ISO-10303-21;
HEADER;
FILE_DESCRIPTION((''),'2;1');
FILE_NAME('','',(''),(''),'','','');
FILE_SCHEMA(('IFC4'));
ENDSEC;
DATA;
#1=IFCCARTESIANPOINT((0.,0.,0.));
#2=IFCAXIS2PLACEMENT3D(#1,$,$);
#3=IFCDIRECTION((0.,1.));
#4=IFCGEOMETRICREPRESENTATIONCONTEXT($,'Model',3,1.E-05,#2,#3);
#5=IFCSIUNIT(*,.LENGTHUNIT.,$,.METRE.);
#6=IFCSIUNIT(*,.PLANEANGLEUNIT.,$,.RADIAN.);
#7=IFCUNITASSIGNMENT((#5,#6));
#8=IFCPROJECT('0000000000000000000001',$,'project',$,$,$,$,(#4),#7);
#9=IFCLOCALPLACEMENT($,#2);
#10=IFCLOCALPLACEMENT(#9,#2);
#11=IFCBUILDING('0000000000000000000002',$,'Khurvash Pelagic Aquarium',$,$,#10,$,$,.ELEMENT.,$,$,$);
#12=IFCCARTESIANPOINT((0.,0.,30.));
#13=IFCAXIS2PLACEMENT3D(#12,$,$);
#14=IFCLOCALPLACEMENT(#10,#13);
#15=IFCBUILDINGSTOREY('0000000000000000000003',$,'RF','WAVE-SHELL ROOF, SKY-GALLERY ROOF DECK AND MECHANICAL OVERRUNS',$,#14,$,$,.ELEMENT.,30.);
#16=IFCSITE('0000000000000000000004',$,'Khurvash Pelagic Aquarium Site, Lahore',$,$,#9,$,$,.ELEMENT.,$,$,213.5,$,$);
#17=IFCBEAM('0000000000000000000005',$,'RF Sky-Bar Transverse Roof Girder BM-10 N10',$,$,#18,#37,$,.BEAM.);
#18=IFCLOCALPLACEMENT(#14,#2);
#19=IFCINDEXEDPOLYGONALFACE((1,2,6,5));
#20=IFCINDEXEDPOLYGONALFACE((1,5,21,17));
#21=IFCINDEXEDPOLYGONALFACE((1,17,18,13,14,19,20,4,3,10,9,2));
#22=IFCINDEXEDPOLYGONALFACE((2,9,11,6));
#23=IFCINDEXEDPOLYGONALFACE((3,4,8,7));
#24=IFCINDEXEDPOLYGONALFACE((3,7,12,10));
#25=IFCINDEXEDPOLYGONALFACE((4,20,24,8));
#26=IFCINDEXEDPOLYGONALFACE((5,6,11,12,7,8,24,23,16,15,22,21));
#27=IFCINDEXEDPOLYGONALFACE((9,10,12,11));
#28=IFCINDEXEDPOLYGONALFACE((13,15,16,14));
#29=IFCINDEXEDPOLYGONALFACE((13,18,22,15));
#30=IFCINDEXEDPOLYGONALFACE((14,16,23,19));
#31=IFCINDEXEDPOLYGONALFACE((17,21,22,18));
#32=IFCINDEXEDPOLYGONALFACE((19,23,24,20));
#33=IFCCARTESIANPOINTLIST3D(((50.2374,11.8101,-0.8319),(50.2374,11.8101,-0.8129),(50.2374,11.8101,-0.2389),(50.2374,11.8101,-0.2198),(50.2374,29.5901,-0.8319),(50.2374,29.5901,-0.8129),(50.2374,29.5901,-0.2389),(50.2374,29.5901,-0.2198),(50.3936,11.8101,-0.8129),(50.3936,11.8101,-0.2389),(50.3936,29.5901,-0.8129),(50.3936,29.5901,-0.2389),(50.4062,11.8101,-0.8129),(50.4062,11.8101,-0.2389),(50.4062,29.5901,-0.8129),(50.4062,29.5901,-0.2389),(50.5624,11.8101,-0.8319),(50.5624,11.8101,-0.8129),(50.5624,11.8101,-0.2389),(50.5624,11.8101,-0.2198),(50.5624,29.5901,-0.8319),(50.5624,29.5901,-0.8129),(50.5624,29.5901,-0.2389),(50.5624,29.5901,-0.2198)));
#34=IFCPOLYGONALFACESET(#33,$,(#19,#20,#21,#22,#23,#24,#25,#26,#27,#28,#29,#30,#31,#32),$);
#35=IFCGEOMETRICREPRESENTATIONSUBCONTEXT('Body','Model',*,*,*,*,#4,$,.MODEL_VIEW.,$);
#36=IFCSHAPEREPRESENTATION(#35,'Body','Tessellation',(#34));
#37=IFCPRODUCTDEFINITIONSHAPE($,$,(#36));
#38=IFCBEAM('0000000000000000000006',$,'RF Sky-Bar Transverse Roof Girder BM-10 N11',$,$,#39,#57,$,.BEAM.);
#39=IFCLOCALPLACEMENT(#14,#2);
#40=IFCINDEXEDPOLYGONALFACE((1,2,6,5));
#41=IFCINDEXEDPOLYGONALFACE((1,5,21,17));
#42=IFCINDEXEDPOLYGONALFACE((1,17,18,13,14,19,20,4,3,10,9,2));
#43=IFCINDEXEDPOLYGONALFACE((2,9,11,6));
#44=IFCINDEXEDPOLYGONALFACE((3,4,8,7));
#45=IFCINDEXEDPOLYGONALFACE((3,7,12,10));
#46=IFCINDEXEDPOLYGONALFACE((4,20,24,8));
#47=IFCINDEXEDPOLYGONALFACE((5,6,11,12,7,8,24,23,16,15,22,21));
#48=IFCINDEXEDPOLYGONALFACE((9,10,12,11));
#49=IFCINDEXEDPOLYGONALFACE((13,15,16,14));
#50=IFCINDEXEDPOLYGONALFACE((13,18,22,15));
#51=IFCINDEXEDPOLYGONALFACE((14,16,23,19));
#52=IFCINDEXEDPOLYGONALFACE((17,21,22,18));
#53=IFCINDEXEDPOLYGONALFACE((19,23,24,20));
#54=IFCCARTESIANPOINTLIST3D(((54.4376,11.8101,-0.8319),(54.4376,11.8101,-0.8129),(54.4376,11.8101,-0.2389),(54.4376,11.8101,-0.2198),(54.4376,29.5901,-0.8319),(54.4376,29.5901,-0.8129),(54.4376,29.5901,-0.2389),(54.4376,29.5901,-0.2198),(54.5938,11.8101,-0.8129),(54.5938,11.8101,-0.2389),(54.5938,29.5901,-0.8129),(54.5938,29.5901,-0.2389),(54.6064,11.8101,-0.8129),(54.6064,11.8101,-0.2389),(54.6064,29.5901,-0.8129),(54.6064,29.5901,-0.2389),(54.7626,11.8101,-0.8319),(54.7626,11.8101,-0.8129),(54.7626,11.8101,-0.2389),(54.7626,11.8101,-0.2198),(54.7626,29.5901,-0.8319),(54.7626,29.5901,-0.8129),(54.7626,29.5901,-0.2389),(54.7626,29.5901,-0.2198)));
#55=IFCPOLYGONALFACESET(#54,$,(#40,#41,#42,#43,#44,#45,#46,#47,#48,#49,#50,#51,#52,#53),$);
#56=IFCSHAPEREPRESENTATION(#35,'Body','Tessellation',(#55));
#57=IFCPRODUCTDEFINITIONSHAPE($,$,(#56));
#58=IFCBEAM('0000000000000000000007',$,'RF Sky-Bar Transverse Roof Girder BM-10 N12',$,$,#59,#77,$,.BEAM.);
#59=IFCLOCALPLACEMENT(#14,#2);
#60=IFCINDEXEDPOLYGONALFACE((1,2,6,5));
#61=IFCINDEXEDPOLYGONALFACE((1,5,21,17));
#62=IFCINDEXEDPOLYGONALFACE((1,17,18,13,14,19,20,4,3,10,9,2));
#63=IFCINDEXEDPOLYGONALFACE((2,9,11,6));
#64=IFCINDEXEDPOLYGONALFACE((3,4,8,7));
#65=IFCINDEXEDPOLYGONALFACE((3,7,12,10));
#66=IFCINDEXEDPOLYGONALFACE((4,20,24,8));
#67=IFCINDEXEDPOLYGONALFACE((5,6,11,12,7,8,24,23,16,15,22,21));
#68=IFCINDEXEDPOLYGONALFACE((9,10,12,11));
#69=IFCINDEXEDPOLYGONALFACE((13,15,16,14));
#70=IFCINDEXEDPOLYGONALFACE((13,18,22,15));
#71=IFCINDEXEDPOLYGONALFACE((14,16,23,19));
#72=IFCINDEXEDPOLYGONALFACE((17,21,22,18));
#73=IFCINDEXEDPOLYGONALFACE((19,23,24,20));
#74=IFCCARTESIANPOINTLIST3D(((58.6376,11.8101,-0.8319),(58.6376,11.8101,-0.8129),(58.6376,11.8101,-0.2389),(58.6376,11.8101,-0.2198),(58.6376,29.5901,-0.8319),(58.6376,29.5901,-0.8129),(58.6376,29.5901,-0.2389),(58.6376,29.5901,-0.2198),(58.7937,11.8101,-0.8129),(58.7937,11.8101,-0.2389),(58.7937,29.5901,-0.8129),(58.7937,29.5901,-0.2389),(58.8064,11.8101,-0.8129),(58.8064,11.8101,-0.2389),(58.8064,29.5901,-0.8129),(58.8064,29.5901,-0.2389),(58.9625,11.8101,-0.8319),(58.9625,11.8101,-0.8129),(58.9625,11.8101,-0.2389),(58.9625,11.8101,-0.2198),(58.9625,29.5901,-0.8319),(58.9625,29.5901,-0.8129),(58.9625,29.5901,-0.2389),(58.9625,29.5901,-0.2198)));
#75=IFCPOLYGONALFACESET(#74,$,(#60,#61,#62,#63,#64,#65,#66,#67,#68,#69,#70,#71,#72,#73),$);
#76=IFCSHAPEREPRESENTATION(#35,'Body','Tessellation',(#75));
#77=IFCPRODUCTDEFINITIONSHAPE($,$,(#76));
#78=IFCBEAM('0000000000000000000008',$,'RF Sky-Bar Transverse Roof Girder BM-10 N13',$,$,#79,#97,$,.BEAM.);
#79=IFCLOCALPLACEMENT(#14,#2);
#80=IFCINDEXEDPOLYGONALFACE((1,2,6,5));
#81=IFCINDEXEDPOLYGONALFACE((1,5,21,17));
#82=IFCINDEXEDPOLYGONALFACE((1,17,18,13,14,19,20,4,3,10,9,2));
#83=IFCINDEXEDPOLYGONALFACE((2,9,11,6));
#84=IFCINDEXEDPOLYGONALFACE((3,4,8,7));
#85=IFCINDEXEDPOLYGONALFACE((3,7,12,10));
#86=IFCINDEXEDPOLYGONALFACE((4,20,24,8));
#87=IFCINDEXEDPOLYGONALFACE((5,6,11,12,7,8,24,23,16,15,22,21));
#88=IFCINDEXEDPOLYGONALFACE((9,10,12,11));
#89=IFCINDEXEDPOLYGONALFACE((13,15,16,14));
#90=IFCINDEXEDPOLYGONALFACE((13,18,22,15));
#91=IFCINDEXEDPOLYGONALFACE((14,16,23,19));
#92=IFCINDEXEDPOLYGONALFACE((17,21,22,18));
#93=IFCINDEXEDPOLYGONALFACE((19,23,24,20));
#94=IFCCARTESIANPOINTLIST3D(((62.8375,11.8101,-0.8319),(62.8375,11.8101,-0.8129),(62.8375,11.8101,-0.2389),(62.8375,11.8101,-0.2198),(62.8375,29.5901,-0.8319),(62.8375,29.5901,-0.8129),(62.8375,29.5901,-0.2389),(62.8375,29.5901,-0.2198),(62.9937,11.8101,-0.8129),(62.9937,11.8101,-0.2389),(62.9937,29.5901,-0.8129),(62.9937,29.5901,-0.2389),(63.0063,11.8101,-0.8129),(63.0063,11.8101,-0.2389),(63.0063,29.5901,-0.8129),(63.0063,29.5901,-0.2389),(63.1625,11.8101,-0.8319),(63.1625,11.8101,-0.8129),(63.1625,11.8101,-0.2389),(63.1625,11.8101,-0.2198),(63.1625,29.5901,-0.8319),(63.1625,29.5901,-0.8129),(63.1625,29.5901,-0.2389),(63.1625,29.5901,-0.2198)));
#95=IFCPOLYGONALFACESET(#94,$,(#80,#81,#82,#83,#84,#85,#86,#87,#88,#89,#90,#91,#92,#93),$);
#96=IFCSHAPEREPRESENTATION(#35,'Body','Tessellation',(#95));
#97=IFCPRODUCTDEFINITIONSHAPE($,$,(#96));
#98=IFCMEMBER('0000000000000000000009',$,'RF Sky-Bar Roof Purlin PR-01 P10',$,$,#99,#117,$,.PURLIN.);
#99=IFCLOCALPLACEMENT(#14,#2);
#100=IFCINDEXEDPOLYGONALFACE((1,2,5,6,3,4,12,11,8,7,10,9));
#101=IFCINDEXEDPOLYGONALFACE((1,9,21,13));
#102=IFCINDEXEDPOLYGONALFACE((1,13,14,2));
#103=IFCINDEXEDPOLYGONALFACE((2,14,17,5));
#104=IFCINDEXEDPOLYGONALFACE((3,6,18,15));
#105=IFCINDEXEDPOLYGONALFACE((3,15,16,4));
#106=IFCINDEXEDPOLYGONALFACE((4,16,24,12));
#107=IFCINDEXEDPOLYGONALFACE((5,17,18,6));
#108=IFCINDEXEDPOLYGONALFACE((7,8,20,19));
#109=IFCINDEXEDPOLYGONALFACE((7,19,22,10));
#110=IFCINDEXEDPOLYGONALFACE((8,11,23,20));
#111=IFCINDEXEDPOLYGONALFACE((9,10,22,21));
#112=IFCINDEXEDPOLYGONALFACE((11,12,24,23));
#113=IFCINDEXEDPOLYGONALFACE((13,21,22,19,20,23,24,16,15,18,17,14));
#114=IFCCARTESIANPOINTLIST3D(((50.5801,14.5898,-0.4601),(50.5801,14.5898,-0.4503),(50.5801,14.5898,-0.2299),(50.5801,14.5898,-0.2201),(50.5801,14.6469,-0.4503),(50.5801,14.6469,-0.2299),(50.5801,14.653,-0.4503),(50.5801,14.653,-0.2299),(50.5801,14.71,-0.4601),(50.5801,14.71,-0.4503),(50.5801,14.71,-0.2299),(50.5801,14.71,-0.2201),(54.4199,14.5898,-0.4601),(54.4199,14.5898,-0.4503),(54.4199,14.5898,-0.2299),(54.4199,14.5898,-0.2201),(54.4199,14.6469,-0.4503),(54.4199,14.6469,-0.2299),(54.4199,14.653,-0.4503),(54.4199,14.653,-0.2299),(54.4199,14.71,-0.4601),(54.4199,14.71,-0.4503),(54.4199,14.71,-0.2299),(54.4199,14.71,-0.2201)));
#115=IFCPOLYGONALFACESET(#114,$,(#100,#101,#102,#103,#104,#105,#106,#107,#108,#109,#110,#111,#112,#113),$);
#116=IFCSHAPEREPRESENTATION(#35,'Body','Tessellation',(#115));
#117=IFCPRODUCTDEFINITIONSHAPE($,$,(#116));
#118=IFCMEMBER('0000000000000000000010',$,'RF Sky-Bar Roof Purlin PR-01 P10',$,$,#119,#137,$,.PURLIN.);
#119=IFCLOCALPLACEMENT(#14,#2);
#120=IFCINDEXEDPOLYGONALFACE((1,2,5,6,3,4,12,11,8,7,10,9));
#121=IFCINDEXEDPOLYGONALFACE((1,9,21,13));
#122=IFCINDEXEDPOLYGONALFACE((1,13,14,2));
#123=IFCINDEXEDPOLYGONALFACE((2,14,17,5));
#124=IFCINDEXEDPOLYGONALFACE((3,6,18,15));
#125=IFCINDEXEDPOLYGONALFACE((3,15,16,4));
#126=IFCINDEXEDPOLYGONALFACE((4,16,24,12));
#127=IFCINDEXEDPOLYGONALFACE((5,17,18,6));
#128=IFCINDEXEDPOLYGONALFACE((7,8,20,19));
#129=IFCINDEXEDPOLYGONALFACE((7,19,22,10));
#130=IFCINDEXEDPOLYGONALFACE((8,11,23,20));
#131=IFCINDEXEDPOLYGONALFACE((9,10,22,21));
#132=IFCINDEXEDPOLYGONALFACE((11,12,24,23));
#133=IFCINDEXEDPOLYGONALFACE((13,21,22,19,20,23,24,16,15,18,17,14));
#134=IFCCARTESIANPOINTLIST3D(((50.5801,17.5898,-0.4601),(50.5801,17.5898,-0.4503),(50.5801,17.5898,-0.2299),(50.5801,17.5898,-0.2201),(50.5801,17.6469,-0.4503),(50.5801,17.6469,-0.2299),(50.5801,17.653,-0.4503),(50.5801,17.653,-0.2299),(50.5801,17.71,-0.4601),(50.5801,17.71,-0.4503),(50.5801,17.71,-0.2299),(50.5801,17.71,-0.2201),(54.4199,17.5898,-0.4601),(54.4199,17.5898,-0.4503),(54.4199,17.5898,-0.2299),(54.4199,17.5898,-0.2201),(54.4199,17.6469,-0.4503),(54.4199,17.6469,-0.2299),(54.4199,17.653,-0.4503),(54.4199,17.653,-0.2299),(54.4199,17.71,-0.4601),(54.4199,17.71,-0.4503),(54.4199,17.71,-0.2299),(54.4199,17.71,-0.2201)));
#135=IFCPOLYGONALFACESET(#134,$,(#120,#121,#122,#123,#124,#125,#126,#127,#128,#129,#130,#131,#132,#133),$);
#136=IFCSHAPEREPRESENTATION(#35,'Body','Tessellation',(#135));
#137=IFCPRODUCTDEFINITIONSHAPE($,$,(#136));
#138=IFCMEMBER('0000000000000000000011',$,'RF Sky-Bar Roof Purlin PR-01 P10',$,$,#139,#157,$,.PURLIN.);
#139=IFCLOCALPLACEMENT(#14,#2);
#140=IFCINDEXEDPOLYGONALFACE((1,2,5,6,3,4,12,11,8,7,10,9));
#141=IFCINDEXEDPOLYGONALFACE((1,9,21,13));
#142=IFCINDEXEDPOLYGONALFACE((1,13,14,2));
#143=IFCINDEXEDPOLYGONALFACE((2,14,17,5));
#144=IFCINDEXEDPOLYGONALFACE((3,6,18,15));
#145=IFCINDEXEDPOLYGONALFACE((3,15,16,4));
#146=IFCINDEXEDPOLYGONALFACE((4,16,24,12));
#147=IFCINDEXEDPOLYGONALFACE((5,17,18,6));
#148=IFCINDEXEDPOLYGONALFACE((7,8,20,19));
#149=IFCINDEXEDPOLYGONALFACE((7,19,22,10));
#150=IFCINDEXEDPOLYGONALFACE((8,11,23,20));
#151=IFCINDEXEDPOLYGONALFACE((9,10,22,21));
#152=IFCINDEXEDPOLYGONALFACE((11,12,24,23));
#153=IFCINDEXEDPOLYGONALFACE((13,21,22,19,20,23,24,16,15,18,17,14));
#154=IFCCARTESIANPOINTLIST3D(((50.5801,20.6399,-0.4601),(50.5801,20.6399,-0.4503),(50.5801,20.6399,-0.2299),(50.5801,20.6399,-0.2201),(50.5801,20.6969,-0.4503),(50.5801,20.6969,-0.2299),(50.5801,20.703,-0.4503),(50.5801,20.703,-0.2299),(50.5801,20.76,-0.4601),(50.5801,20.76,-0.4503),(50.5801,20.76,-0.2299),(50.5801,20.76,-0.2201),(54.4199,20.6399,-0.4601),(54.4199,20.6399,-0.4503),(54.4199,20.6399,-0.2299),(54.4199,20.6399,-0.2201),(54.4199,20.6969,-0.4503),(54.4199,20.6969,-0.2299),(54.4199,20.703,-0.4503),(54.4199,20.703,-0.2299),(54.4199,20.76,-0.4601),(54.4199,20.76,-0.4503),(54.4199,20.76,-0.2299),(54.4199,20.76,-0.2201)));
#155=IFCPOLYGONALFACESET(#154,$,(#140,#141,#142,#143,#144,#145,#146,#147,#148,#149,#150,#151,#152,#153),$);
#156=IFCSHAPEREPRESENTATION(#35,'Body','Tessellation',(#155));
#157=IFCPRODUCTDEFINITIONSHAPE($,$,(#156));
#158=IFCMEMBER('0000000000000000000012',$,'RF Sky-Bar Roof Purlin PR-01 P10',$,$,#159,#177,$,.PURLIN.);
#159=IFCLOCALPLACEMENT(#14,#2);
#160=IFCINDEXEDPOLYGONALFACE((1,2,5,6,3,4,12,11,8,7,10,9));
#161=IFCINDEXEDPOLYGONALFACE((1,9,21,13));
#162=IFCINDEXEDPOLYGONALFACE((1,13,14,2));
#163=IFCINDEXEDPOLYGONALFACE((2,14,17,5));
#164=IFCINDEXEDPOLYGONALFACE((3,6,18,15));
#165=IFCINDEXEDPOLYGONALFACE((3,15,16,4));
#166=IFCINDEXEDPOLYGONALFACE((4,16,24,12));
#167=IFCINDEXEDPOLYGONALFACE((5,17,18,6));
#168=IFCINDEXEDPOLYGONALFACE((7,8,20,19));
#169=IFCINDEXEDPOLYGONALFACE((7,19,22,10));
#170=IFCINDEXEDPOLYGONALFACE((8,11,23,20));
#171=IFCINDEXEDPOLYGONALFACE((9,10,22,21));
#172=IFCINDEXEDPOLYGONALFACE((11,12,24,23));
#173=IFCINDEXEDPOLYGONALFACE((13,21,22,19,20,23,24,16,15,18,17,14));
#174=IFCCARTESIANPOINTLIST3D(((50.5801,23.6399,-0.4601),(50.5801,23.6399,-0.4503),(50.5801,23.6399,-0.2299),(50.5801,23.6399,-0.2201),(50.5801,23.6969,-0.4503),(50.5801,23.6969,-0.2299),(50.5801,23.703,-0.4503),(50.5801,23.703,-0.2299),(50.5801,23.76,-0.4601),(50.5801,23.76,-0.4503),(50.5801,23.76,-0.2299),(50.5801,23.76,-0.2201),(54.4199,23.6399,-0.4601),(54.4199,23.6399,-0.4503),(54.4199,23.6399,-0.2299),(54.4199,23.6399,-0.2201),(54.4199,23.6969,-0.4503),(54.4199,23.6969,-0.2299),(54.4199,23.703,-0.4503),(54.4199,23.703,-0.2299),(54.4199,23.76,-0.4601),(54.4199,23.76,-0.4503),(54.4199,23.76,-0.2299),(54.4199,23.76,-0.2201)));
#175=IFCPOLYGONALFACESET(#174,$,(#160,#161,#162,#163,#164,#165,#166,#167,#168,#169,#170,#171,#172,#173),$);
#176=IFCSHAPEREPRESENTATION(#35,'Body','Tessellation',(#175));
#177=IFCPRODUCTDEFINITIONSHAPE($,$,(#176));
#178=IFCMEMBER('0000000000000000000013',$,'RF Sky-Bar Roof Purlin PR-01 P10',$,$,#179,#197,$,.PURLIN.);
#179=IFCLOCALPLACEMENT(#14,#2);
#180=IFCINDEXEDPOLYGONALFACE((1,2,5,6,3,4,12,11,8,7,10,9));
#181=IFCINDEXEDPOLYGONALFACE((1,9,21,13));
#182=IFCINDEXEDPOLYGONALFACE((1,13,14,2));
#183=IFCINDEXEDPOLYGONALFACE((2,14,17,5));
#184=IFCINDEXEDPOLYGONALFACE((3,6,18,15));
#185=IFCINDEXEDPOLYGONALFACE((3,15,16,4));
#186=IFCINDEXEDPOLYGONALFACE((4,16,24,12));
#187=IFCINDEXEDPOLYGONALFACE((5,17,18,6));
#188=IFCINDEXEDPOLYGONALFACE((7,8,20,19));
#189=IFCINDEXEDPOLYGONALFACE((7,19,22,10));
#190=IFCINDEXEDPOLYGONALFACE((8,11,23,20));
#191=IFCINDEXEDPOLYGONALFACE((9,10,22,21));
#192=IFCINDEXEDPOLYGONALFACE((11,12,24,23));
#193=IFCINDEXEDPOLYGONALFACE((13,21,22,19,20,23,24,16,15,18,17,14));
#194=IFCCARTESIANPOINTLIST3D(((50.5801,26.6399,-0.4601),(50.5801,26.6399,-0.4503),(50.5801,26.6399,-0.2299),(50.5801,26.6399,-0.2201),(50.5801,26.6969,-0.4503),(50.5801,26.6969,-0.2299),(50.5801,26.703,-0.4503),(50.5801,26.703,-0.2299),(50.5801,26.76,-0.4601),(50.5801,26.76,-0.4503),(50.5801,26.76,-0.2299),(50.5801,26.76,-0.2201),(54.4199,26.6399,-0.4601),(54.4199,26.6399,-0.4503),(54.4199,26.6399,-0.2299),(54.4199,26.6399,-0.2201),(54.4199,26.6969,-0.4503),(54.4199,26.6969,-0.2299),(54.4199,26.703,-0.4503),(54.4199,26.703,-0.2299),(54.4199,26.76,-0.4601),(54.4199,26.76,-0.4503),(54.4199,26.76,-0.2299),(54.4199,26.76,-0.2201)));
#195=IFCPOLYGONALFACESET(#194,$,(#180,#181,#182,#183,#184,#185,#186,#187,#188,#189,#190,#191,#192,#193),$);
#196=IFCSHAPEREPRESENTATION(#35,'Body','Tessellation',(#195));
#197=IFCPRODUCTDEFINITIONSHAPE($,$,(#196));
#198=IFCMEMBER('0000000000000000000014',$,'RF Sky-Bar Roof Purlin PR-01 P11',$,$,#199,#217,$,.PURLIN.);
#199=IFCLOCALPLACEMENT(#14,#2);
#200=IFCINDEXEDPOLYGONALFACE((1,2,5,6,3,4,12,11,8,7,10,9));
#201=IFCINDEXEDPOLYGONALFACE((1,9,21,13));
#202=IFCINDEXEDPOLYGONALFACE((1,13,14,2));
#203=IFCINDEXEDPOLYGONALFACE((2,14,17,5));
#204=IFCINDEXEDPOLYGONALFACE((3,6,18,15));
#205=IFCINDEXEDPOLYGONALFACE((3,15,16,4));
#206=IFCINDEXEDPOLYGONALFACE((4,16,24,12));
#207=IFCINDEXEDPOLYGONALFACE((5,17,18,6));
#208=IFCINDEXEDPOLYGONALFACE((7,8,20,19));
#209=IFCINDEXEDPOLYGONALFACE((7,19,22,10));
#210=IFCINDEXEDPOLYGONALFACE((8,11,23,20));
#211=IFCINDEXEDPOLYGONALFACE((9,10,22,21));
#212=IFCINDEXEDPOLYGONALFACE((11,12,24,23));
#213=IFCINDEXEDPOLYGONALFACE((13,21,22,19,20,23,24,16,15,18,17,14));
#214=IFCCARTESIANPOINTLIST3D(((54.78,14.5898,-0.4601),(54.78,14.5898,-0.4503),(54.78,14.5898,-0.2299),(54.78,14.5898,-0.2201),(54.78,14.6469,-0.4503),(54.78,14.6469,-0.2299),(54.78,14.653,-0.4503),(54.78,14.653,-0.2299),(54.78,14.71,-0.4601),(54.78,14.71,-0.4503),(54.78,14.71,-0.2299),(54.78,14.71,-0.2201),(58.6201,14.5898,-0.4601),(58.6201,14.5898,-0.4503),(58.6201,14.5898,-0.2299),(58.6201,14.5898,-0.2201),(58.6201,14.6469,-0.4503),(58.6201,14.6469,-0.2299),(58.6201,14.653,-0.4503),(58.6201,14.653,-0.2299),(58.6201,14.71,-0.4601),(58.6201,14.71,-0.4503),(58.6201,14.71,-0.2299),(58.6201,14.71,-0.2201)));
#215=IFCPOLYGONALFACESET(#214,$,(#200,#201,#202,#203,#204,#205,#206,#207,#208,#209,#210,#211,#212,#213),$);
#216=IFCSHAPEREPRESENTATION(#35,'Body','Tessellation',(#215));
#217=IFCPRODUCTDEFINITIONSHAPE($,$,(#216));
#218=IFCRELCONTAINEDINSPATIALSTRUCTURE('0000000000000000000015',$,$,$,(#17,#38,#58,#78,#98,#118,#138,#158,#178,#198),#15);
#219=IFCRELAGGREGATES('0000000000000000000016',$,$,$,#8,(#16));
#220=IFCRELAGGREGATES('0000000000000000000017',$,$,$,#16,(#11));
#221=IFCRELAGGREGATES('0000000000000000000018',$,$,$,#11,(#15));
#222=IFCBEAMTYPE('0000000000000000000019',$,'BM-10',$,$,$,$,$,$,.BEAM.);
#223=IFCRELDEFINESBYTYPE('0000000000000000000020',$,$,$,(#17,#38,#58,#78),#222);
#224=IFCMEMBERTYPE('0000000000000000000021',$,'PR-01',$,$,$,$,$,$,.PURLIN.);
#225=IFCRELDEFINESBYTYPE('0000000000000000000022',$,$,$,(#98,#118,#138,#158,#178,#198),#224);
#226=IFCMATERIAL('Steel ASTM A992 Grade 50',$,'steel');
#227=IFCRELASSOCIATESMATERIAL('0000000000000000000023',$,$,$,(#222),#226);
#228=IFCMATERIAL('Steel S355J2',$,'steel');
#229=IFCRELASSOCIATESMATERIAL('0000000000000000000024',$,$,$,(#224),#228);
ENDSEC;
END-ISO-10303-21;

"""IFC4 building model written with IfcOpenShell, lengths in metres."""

from ifc_helpers import new_model, si_unit, direction, frame, origin, origin_2d, place, context, subcontext, project, spatial, i_section, extrude, material, material_profile, profile_set, type_object, element, save


model = new_model("IFC4")

# Units and contexts
model_context = context("Model", 3, precision=1e-05, world=origin(), true_north=direction((0.0, 1.0)))
body_context = subcontext(model_context, "Body", "Model", "MODEL_VIEW")
ifc_project = project(units=[si_unit("LENGTHUNIT", "METRE"), si_unit("PLANEANGLEUNIT", "RADIAN")], contexts=[model_context])

# Site, building, storey
site_placement = place(None, origin())
site = spatial("IfcSite", under=ifc_project, at=site_placement, Name="Khurvash Pelagic Aquarium Site, Lahore", CompositionType="ELEMENT", RefElevation=213.5)
building_placement = place(site_placement, origin())
building = spatial("IfcBuilding", under=site, at=building_placement, Name="Khurvash Pelagic Aquarium", CompositionType="ELEMENT")
storey_placement = place(building_placement, frame((0.0, 0.0, 30.0)))
storey = spatial("IfcBuildingStorey", under=building, at=storey_placement, Name="RF", Description="WAVE-SHELL ROOF, SKY-GALLERY ROOF DECK AND MECHANICAL OVERRUNS", CompositionType="ELEMENT", Elevation=30.0)

# Beams
ifc_material_1 = material(Name="Steel ASTM A992 Grade 50", Category="steel")
ifc_material_profile_1 = material_profile(ifc_material_1, i_section(OverallWidth=0.325, OverallDepth=0.6121, WebThickness=0.0127, FlangeThickness=0.019, at=origin_2d()), Name="W24X104")
ifc_profile_set_1 = profile_set([ifc_material_profile_1], Name="Steel ASTM A992 Grade 50")
beam_type = type_object("IfcBeamType", Name="BM-10", PredefinedType="BEAM", material=ifc_profile_set_1)
for number, where, z_axis, x_axis, name in (
    (1, (50.3999, 11.8101, -0.5259), (0.0, 1.0, 0.0), (-1.0, 0.0, 0.0), "RF Sky-Bar Transverse Roof Girder BM-10 N10"),
    (2, (54.6001, 11.8101, -0.5259), (0.0, 1.0, 0.0), (-1.0, 0.0, 0.0), "RF Sky-Bar Transverse Roof Girder BM-10 N11"),
    (3, (58.8, 11.8101, -0.5259), (0.0, 1.0, 0.0), (-1.0, 0.0, 0.0), "RF Sky-Bar Transverse Roof Girder BM-10 N12"),
    (4, (63.0, 11.8101, -0.5259), (0.0, 1.0, 0.0), (-1.0, 0.0, 0.0), "RF Sky-Bar Transverse Roof Girder BM-10 N13"),
):
    element("IfcBeam", number, at=place(storey_placement, frame(where, z_axis=z_axis, x_axis=x_axis)), inside=storey, type_object=beam_type, Name=name, PredefinedType="BEAM", context=body_context, shape_type="SweptSolid", body=[
        extrude(i_section(OverallWidth=0.325, OverallDepth=0.6121, WebThickness=0.0127, FlangeThickness=0.019, at=origin_2d()), origin(), (0.0, 0.0, 1.0), 17.78),
    ])

# Members
ifc_material_2 = material(Name="Steel S355J2", Category="steel")
ifc_material_profile_2 = material_profile(ifc_material_2, i_section(OverallWidth=0.1201, OverallDepth=0.24, WebThickness=0.0061, FlangeThickness=0.0098, at=origin_2d()), Name="IPE240")
ifc_profile_set_2 = profile_set([ifc_material_profile_2], Name="Steel S355J2")
member_type = type_object("IfcMemberType", Name="PR-01", PredefinedType="PURLIN", material=ifc_profile_set_2)
for number, where, z_axis, x_axis, name in (
    (5, (50.5801, 14.6499, -0.3401), (1.0, 0.0, 0.0), (0.0, 1.0, 0.0), "RF Sky-Bar Roof Purlin PR-01 P10"),
    (6, (50.5801, 17.6499, -0.3401), (1.0, 0.0, 0.0), (0.0, 1.0, 0.0), "RF Sky-Bar Roof Purlin PR-01 P10"),
    (7, (50.5801, 20.7, -0.3401), (1.0, 0.0, 0.0), (0.0, 1.0, 0.0), "RF Sky-Bar Roof Purlin PR-01 P10"),
    (8, (50.5801, 23.7, -0.3401), (1.0, 0.0, 0.0), (0.0, 1.0, 0.0), "RF Sky-Bar Roof Purlin PR-01 P10"),
    (9, (50.5801, 26.7, -0.3401), (1.0, 0.0, 0.0), (0.0, 1.0, 0.0), "RF Sky-Bar Roof Purlin PR-01 P10"),
):
    element("IfcMember", number, at=place(storey_placement, frame(where, z_axis=z_axis, x_axis=x_axis)), inside=storey, type_object=member_type, Name=name, PredefinedType="PURLIN", context=body_context, shape_type="SweptSolid", body=[
        extrude(i_section(OverallWidth=0.1201, OverallDepth=0.24, WebThickness=0.0061, FlangeThickness=0.0098, at=origin_2d()), origin(), (0.0, 0.0, 1.0), 3.8398),
    ])
for number, where, z_axis, x_axis, name in (
    (10, (54.78, 14.6499, -0.3401), (1.0, 0.0, 0.0), (0.0, 1.0, 0.0), "RF Sky-Bar Roof Purlin PR-01 P11"),
):
    element("IfcMember", number, at=place(storey_placement, frame(where, z_axis=z_axis, x_axis=x_axis)), inside=storey, type_object=member_type, Name=name, PredefinedType="PURLIN", context=body_context, shape_type="SweptSolid", body=[
        extrude(i_section(OverallWidth=0.1201, OverallDepth=0.24, WebThickness=0.0061, FlangeThickness=0.0098, at=origin_2d()), origin(), (0.0, 0.0, 1.0), 3.8401),
    ])

save(model, "model.ifc")
